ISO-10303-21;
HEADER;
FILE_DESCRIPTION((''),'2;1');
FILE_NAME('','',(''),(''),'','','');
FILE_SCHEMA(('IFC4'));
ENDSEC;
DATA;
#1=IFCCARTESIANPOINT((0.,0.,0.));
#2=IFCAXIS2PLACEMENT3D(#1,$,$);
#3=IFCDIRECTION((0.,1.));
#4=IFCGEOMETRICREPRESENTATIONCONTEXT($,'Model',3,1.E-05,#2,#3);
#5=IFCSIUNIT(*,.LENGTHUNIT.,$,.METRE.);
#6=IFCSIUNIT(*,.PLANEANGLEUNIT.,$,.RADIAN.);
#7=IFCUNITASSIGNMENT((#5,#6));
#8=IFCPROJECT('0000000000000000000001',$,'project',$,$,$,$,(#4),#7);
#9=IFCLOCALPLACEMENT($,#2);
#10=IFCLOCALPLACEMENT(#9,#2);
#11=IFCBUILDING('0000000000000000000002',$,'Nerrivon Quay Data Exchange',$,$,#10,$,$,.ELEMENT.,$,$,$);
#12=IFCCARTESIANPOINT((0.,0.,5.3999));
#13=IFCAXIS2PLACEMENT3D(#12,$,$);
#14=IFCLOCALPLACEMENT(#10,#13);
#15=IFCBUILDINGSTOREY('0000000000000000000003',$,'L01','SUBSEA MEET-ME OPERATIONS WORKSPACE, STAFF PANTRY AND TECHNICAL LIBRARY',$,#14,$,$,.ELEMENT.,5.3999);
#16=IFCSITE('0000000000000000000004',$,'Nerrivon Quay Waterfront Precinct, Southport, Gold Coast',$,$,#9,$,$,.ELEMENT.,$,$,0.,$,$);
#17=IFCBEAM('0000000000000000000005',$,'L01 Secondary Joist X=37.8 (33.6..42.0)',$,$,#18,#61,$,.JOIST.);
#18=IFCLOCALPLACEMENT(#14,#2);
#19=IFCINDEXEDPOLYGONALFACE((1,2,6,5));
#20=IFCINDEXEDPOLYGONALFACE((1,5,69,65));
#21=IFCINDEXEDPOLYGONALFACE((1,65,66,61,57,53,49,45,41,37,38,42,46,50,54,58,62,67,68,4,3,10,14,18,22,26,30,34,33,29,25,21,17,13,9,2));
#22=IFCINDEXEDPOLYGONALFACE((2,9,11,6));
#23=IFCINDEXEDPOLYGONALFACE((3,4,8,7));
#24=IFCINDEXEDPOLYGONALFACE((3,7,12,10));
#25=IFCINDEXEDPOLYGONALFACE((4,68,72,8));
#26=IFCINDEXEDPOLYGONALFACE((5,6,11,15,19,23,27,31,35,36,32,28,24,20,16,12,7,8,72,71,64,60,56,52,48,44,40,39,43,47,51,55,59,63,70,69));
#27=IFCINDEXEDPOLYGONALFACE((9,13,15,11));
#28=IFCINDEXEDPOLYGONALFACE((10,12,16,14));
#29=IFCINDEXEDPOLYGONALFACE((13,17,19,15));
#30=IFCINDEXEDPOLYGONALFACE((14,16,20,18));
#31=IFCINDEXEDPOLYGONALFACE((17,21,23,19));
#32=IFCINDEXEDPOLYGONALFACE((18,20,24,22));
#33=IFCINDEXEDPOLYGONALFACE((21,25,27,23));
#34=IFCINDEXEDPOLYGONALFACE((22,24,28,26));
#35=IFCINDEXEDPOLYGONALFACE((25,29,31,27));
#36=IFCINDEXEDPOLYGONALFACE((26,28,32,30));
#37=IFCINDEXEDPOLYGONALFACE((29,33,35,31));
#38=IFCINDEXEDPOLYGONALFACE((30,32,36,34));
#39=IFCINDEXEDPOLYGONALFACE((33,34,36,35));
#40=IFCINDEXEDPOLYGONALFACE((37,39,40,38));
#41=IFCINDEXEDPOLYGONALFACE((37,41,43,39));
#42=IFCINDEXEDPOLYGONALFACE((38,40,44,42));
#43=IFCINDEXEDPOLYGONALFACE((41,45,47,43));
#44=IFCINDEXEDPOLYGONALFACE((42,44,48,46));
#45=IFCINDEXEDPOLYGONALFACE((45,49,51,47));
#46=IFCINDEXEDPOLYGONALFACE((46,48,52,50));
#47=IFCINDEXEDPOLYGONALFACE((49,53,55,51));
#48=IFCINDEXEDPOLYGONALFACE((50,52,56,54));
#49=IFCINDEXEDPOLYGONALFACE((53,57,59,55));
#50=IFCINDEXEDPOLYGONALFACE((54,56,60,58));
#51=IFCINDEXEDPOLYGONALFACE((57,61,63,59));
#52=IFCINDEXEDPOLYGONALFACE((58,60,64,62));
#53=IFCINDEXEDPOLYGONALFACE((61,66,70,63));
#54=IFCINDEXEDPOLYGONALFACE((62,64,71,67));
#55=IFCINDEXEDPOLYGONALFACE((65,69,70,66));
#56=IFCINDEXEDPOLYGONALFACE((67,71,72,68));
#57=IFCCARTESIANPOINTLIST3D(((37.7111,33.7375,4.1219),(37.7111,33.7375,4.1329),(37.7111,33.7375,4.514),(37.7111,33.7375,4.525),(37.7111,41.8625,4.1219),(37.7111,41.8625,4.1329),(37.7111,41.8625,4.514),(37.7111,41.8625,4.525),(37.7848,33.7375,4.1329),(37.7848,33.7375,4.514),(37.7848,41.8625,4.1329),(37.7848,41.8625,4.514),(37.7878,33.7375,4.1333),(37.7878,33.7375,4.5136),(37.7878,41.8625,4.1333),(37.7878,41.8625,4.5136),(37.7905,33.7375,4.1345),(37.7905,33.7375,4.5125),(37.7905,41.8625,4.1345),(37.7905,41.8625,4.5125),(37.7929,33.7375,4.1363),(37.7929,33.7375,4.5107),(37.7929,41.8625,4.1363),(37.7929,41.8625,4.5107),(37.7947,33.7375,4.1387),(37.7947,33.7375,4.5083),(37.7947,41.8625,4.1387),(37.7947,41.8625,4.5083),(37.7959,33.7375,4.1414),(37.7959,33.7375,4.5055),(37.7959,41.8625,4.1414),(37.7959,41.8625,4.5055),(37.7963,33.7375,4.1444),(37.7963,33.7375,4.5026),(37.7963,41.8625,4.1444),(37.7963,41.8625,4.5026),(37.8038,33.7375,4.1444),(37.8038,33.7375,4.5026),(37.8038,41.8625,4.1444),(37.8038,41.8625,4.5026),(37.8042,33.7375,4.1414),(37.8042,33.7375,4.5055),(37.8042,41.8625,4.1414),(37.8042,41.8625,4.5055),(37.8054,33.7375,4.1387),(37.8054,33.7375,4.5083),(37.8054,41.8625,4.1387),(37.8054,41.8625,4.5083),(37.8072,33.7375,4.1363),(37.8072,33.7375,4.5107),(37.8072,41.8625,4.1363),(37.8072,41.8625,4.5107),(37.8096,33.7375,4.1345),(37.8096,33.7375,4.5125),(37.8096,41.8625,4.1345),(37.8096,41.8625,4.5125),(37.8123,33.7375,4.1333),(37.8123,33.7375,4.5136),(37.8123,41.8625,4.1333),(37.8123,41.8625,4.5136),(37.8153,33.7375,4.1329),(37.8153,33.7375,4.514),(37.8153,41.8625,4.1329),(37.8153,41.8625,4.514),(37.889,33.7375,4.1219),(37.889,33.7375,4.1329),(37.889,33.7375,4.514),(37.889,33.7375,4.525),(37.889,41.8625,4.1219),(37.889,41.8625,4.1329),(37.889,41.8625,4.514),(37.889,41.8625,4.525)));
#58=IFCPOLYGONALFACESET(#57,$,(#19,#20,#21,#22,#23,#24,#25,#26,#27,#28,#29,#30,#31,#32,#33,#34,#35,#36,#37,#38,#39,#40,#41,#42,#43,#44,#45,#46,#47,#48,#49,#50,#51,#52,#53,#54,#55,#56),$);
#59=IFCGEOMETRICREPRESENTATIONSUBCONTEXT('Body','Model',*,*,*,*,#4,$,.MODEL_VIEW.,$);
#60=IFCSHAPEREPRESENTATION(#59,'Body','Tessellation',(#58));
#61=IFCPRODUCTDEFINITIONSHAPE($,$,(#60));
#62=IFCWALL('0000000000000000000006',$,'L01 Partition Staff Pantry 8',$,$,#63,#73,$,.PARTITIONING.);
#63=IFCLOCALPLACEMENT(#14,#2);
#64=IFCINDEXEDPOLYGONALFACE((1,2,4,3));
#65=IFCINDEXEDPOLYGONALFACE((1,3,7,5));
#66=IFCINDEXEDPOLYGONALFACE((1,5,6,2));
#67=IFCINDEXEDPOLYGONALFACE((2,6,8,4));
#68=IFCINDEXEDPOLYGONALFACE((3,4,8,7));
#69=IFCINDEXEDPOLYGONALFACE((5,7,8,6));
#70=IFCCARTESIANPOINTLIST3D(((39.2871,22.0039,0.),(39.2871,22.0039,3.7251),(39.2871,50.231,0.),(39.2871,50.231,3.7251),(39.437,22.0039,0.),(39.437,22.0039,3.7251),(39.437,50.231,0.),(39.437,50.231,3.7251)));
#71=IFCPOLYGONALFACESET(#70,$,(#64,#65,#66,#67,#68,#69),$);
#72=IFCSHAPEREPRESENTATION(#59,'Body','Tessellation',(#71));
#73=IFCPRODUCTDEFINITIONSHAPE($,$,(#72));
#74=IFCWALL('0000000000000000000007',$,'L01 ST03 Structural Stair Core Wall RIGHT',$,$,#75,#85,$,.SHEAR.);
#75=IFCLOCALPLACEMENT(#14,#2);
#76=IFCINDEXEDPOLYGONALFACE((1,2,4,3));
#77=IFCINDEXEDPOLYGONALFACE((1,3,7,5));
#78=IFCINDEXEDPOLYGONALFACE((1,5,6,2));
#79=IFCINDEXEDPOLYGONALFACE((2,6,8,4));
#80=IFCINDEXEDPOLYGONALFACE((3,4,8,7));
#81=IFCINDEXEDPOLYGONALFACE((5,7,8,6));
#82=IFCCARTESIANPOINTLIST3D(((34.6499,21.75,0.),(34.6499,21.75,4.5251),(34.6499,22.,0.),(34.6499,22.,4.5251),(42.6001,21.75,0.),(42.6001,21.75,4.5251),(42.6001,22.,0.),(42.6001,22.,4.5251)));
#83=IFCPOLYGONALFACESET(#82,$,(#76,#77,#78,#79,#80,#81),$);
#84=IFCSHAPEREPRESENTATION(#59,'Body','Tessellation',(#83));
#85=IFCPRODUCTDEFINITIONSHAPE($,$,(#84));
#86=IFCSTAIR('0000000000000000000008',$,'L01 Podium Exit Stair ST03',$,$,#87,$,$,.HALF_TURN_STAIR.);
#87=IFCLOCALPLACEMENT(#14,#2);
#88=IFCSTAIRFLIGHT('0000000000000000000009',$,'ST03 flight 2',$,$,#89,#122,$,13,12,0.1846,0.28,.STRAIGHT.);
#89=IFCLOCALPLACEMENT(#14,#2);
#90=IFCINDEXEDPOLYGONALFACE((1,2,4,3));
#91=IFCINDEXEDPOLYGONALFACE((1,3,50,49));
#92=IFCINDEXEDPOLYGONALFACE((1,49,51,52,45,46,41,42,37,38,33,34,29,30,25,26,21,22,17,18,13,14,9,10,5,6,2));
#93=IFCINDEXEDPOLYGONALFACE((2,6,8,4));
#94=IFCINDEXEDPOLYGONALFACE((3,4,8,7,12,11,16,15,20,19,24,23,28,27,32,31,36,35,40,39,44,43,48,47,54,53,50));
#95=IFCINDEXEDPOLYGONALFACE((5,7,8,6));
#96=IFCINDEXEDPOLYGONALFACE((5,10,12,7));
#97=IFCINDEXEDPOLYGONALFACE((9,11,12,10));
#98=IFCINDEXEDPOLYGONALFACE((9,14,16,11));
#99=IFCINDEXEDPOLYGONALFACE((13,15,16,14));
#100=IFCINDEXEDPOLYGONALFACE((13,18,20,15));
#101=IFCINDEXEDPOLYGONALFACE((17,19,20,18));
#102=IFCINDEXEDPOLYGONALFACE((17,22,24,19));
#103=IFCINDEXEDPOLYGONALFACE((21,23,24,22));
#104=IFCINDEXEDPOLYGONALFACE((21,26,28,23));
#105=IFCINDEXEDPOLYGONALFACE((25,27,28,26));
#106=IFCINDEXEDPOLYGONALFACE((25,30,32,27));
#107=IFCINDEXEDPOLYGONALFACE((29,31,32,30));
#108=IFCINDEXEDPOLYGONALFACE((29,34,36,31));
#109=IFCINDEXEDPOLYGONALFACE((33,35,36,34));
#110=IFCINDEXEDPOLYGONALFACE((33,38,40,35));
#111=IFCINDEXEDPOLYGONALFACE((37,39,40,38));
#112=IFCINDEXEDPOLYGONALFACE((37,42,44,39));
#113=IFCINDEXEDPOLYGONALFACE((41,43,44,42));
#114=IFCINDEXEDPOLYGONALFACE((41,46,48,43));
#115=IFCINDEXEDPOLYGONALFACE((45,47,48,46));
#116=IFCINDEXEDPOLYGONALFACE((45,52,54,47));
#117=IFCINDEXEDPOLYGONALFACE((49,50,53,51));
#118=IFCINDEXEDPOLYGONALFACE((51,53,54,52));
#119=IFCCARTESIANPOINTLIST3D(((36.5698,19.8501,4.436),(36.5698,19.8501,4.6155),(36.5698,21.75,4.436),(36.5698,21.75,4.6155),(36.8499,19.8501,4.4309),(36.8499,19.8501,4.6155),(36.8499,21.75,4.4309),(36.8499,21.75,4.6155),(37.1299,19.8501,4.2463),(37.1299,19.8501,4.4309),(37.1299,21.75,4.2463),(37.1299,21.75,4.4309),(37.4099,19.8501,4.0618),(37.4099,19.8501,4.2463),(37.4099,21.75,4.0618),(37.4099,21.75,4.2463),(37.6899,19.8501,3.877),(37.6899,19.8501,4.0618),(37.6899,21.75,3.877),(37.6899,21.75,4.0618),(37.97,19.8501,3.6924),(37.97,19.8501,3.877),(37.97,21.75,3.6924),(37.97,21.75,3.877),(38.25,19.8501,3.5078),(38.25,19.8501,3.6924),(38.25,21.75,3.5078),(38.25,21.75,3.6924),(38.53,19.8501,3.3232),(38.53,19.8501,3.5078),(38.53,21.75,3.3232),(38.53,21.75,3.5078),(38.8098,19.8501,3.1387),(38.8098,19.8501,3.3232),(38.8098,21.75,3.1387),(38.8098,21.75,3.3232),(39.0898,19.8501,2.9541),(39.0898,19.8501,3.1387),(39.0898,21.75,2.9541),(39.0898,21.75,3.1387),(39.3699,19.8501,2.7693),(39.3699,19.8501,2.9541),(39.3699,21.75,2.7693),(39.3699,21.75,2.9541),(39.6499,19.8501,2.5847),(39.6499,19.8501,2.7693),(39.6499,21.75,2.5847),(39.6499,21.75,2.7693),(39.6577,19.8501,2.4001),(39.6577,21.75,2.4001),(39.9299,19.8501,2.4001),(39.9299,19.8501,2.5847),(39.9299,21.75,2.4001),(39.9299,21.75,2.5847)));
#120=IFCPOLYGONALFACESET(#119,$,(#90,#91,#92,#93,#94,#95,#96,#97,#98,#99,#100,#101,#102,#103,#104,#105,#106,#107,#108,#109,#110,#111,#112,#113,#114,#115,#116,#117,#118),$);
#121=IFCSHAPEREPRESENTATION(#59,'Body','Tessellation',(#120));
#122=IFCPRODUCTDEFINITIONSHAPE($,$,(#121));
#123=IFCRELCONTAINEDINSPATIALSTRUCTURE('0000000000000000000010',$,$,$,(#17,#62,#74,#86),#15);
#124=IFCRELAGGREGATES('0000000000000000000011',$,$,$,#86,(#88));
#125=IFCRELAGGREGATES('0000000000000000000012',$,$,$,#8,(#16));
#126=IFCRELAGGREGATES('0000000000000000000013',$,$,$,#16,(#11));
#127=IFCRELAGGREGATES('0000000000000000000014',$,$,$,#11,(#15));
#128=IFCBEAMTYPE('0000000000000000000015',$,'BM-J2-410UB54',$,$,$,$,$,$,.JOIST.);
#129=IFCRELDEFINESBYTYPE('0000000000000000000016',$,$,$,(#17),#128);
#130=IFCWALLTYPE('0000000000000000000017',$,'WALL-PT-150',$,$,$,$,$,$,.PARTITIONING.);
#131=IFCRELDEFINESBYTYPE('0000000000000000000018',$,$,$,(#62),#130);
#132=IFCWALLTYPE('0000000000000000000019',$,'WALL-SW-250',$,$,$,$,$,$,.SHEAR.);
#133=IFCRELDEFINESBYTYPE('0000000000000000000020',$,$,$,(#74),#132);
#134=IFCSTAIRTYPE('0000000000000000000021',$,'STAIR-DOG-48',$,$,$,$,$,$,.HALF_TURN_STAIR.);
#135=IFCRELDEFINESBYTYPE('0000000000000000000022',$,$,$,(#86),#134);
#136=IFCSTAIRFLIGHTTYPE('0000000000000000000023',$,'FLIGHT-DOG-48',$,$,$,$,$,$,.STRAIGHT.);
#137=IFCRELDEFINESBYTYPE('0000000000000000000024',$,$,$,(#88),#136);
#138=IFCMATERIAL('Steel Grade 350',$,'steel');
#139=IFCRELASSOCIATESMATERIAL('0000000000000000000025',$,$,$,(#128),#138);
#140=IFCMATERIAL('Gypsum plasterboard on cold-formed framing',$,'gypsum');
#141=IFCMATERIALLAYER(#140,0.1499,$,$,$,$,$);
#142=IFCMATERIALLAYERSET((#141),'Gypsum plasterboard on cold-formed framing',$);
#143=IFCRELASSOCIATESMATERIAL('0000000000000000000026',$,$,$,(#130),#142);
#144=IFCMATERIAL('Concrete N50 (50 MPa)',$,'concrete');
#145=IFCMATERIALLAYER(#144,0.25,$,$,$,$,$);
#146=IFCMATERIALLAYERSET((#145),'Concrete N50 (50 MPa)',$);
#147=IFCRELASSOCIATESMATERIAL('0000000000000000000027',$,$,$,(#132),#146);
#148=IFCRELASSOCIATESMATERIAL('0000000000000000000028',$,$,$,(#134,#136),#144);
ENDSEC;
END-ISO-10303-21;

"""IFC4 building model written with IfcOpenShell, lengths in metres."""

from ifc_helpers import new_model, si_unit, direction, frame, frame_2d, origin, origin_2d, place, context, subcontext, project, spatial, polyline, rectangle, i_section, outline, extrude, material, layer, layer_set, material_profile, profile_set, type_object, element, aggregate, save


model = new_model("IFC4")

# Units and contexts
model_context = context("Model", 3, precision=1e-05, world=origin(), true_north=direction((0.0, 1.0)))
body_context = subcontext(model_context, "Body", "Model", "MODEL_VIEW")
ifc_project = project(units=[si_unit("LENGTHUNIT", "METRE"), si_unit("PLANEANGLEUNIT", "RADIAN")], contexts=[model_context])

# Site, building, storey
site_placement = place(None, origin())
site = spatial("IfcSite", under=ifc_project, at=site_placement, Name="Nerrivon Quay Waterfront Precinct, Southport, Gold Coast", CompositionType="ELEMENT", RefElevation=0.0)
building_placement = place(site_placement, origin())
building = spatial("IfcBuilding", under=site, at=building_placement, Name="Nerrivon Quay Data Exchange", CompositionType="ELEMENT")
storey_placement = place(building_placement, frame((0.0, 0.0, 5.3999)))
storey = spatial("IfcBuildingStorey", under=building, at=storey_placement, Name="L01", Description="SUBSEA MEET-ME OPERATIONS WORKSPACE, STAFF PANTRY AND TECHNICAL LIBRARY", CompositionType="ELEMENT", Elevation=5.3999)

# Beam
ifc_material_1 = material(Name="Steel Grade 350", Category="steel")
ifc_material_profile_1 = material_profile(ifc_material_1, i_section(OverallWidth=0.178, OverallDepth=0.4031, WebThickness=0.0076, FlangeThickness=0.011, FilletRadius=0.0115, at=origin_2d()), Name="410UB53.7")
ifc_profile_set_1 = profile_set([ifc_material_profile_1], Name="Steel Grade 350")
beam_type_1 = type_object("IfcBeamType", Name="BM-J2-410UB54", PredefinedType="JOIST", material=ifc_profile_set_1)
for number, where, z_axis, x_axis, name in (
    (1, (37.8, 33.7375, 4.3235), (0.0, 1.0, 0.0), (-1.0, 0.0, 0.0), "L01 Secondary Joist X=37.8 (33.6..42.0)"),
):
    element("IfcBeam", number, at=place(storey_placement, frame(where, z_axis=z_axis, x_axis=x_axis)), inside=storey, type_object=beam_type_1, Name=name, PredefinedType="JOIST", context=body_context, shape_type="SweptSolid", body=[
        extrude(i_section(OverallWidth=0.178, OverallDepth=0.4031, WebThickness=0.0076, FlangeThickness=0.011, FilletRadius=0.0115, at=origin_2d()), origin(), (0.0, 0.0, 1.0), 8.125),
    ])

# Walls
ifc_material_2 = material(Name="Gypsum plasterboard on cold-formed framing", Category="gypsum")
ifc_layer_1 = layer(ifc_material_2, 0.1499)
ifc_layer_set_1 = layer_set([ifc_layer_1], Name="Gypsum plasterboard on cold-formed framing")
wall_type_1 = type_object("IfcWallType", Name="WALL-PT-150", PredefinedType="PARTITIONING", material=ifc_layer_set_1)
wall_1_placement = place(storey_placement, frame((39.3621, 22.0039, 0.0), z_axis=(0.0, 0.0, 1.0), x_axis=(0.0, 1.0, 0.0)))
element("IfcWall", 2, at=wall_1_placement, inside=storey, type_object=wall_type_1, Name="L01 Partition Staff Pantry 8", PredefinedType="PARTITIONING", context=body_context, shape_type="SweptSolid", body=[
    extrude(rectangle(XDim=28.2271, YDim=0.1499, at=frame_2d((14.1135, 0.0))), origin(), (0.0, 0.0, 1.0), 3.7251),
])
ifc_material_3 = material(Name="Concrete N50 (50 MPa)", Category="concrete")
ifc_layer_2 = layer(ifc_material_3, 0.25)
ifc_layer_set_2 = layer_set([ifc_layer_2], Name="Concrete N50 (50 MPa)")
wall_type_2 = type_object("IfcWallType", Name="WALL-SW-250", PredefinedType="SHEAR", material=ifc_layer_set_2)
wall_2_placement = place(storey_placement, frame((34.6499, 21.875, 0.0), z_axis=(0.0, 0.0, 1.0), x_axis=(1.0, 0.0, 0.0)))
element("IfcWall", 3, at=wall_2_placement, inside=storey, type_object=wall_type_2, Name="L01 ST03 Structural Stair Core Wall RIGHT", PredefinedType="SHEAR", context=body_context, shape_type="SweptSolid", body=[
    extrude(rectangle(XDim=7.9502, YDim=0.25, at=frame_2d((3.9751, 0.0))), origin(), (0.0, 0.0, 1.0), 4.5251),
])

# Stair, stair flight
stair_type = type_object("IfcStairType", Name="STAIR-DOG-48", PredefinedType="HALF_TURN_STAIR", material=ifc_material_3)
stair_placement = place(storey_placement, origin())
stair = element("IfcStair", 4, at=stair_placement, inside=storey, type_object=stair_type, Name="L01 Podium Exit Stair ST03", PredefinedType="HALF_TURN_STAIR")
stair_flight_type = type_object("IfcStairFlightType", Name="FLIGHT-DOG-48", PredefinedType="STRAIGHT", material=ifc_material_3)
stair_flight_placement = place(storey_placement, frame((39.9299, 20.8, 2.4001), z_axis=(0.0, 0.0, 1.0), x_axis=(-1.0, 0.0, 0.0)))
stair_flight = element("IfcStairFlight", 5, at=stair_flight_placement, type_object=stair_flight_type, Name="ST03 flight 2", NumberOfRisers=13, NumberOfTreads=12, PredefinedType="STRAIGHT", RiserHeight=0.1846, TreadLength=0.28, context=body_context, shape_type="SweptSolid", body=[
    extrude(outline(polyline([(0.0, 0.0), (0.0, 0.1846), (0.28, 0.1846), (0.28, 0.3691), (0.5601, 0.3691), (0.5601, 0.554), (0.8401, 0.554), (0.8401, 0.7385), (1.1201, 0.7385), (1.1201, 0.9231), (1.3999, 0.9231), (1.3999, 1.1077), (1.6799, 1.1077), (1.6799, 1.2922), (1.96, 1.2922), (1.96, 1.4768), (2.24, 1.4768), (2.24, 1.6616), (2.52, 1.6616), (2.52, 1.8462), (2.8, 1.8462), (2.8, 2.0308), (3.0801, 2.0308), (3.0801, 2.2153), (3.3601, 2.2153), (3.3601, 2.3999), (3.3601, 2.0359), (0.2722, 0.0), (0.0, 0.0)])), frame((0.0, 0.95, 0.0), z_axis=(0.0, -1.0, 0.0), x_axis=(1.0, 0.0, 0.0)), (0.0, 0.0, 1.0), 1.8999),
])
aggregate(stair, [stair_flight])

save(model, "model.ifc")
